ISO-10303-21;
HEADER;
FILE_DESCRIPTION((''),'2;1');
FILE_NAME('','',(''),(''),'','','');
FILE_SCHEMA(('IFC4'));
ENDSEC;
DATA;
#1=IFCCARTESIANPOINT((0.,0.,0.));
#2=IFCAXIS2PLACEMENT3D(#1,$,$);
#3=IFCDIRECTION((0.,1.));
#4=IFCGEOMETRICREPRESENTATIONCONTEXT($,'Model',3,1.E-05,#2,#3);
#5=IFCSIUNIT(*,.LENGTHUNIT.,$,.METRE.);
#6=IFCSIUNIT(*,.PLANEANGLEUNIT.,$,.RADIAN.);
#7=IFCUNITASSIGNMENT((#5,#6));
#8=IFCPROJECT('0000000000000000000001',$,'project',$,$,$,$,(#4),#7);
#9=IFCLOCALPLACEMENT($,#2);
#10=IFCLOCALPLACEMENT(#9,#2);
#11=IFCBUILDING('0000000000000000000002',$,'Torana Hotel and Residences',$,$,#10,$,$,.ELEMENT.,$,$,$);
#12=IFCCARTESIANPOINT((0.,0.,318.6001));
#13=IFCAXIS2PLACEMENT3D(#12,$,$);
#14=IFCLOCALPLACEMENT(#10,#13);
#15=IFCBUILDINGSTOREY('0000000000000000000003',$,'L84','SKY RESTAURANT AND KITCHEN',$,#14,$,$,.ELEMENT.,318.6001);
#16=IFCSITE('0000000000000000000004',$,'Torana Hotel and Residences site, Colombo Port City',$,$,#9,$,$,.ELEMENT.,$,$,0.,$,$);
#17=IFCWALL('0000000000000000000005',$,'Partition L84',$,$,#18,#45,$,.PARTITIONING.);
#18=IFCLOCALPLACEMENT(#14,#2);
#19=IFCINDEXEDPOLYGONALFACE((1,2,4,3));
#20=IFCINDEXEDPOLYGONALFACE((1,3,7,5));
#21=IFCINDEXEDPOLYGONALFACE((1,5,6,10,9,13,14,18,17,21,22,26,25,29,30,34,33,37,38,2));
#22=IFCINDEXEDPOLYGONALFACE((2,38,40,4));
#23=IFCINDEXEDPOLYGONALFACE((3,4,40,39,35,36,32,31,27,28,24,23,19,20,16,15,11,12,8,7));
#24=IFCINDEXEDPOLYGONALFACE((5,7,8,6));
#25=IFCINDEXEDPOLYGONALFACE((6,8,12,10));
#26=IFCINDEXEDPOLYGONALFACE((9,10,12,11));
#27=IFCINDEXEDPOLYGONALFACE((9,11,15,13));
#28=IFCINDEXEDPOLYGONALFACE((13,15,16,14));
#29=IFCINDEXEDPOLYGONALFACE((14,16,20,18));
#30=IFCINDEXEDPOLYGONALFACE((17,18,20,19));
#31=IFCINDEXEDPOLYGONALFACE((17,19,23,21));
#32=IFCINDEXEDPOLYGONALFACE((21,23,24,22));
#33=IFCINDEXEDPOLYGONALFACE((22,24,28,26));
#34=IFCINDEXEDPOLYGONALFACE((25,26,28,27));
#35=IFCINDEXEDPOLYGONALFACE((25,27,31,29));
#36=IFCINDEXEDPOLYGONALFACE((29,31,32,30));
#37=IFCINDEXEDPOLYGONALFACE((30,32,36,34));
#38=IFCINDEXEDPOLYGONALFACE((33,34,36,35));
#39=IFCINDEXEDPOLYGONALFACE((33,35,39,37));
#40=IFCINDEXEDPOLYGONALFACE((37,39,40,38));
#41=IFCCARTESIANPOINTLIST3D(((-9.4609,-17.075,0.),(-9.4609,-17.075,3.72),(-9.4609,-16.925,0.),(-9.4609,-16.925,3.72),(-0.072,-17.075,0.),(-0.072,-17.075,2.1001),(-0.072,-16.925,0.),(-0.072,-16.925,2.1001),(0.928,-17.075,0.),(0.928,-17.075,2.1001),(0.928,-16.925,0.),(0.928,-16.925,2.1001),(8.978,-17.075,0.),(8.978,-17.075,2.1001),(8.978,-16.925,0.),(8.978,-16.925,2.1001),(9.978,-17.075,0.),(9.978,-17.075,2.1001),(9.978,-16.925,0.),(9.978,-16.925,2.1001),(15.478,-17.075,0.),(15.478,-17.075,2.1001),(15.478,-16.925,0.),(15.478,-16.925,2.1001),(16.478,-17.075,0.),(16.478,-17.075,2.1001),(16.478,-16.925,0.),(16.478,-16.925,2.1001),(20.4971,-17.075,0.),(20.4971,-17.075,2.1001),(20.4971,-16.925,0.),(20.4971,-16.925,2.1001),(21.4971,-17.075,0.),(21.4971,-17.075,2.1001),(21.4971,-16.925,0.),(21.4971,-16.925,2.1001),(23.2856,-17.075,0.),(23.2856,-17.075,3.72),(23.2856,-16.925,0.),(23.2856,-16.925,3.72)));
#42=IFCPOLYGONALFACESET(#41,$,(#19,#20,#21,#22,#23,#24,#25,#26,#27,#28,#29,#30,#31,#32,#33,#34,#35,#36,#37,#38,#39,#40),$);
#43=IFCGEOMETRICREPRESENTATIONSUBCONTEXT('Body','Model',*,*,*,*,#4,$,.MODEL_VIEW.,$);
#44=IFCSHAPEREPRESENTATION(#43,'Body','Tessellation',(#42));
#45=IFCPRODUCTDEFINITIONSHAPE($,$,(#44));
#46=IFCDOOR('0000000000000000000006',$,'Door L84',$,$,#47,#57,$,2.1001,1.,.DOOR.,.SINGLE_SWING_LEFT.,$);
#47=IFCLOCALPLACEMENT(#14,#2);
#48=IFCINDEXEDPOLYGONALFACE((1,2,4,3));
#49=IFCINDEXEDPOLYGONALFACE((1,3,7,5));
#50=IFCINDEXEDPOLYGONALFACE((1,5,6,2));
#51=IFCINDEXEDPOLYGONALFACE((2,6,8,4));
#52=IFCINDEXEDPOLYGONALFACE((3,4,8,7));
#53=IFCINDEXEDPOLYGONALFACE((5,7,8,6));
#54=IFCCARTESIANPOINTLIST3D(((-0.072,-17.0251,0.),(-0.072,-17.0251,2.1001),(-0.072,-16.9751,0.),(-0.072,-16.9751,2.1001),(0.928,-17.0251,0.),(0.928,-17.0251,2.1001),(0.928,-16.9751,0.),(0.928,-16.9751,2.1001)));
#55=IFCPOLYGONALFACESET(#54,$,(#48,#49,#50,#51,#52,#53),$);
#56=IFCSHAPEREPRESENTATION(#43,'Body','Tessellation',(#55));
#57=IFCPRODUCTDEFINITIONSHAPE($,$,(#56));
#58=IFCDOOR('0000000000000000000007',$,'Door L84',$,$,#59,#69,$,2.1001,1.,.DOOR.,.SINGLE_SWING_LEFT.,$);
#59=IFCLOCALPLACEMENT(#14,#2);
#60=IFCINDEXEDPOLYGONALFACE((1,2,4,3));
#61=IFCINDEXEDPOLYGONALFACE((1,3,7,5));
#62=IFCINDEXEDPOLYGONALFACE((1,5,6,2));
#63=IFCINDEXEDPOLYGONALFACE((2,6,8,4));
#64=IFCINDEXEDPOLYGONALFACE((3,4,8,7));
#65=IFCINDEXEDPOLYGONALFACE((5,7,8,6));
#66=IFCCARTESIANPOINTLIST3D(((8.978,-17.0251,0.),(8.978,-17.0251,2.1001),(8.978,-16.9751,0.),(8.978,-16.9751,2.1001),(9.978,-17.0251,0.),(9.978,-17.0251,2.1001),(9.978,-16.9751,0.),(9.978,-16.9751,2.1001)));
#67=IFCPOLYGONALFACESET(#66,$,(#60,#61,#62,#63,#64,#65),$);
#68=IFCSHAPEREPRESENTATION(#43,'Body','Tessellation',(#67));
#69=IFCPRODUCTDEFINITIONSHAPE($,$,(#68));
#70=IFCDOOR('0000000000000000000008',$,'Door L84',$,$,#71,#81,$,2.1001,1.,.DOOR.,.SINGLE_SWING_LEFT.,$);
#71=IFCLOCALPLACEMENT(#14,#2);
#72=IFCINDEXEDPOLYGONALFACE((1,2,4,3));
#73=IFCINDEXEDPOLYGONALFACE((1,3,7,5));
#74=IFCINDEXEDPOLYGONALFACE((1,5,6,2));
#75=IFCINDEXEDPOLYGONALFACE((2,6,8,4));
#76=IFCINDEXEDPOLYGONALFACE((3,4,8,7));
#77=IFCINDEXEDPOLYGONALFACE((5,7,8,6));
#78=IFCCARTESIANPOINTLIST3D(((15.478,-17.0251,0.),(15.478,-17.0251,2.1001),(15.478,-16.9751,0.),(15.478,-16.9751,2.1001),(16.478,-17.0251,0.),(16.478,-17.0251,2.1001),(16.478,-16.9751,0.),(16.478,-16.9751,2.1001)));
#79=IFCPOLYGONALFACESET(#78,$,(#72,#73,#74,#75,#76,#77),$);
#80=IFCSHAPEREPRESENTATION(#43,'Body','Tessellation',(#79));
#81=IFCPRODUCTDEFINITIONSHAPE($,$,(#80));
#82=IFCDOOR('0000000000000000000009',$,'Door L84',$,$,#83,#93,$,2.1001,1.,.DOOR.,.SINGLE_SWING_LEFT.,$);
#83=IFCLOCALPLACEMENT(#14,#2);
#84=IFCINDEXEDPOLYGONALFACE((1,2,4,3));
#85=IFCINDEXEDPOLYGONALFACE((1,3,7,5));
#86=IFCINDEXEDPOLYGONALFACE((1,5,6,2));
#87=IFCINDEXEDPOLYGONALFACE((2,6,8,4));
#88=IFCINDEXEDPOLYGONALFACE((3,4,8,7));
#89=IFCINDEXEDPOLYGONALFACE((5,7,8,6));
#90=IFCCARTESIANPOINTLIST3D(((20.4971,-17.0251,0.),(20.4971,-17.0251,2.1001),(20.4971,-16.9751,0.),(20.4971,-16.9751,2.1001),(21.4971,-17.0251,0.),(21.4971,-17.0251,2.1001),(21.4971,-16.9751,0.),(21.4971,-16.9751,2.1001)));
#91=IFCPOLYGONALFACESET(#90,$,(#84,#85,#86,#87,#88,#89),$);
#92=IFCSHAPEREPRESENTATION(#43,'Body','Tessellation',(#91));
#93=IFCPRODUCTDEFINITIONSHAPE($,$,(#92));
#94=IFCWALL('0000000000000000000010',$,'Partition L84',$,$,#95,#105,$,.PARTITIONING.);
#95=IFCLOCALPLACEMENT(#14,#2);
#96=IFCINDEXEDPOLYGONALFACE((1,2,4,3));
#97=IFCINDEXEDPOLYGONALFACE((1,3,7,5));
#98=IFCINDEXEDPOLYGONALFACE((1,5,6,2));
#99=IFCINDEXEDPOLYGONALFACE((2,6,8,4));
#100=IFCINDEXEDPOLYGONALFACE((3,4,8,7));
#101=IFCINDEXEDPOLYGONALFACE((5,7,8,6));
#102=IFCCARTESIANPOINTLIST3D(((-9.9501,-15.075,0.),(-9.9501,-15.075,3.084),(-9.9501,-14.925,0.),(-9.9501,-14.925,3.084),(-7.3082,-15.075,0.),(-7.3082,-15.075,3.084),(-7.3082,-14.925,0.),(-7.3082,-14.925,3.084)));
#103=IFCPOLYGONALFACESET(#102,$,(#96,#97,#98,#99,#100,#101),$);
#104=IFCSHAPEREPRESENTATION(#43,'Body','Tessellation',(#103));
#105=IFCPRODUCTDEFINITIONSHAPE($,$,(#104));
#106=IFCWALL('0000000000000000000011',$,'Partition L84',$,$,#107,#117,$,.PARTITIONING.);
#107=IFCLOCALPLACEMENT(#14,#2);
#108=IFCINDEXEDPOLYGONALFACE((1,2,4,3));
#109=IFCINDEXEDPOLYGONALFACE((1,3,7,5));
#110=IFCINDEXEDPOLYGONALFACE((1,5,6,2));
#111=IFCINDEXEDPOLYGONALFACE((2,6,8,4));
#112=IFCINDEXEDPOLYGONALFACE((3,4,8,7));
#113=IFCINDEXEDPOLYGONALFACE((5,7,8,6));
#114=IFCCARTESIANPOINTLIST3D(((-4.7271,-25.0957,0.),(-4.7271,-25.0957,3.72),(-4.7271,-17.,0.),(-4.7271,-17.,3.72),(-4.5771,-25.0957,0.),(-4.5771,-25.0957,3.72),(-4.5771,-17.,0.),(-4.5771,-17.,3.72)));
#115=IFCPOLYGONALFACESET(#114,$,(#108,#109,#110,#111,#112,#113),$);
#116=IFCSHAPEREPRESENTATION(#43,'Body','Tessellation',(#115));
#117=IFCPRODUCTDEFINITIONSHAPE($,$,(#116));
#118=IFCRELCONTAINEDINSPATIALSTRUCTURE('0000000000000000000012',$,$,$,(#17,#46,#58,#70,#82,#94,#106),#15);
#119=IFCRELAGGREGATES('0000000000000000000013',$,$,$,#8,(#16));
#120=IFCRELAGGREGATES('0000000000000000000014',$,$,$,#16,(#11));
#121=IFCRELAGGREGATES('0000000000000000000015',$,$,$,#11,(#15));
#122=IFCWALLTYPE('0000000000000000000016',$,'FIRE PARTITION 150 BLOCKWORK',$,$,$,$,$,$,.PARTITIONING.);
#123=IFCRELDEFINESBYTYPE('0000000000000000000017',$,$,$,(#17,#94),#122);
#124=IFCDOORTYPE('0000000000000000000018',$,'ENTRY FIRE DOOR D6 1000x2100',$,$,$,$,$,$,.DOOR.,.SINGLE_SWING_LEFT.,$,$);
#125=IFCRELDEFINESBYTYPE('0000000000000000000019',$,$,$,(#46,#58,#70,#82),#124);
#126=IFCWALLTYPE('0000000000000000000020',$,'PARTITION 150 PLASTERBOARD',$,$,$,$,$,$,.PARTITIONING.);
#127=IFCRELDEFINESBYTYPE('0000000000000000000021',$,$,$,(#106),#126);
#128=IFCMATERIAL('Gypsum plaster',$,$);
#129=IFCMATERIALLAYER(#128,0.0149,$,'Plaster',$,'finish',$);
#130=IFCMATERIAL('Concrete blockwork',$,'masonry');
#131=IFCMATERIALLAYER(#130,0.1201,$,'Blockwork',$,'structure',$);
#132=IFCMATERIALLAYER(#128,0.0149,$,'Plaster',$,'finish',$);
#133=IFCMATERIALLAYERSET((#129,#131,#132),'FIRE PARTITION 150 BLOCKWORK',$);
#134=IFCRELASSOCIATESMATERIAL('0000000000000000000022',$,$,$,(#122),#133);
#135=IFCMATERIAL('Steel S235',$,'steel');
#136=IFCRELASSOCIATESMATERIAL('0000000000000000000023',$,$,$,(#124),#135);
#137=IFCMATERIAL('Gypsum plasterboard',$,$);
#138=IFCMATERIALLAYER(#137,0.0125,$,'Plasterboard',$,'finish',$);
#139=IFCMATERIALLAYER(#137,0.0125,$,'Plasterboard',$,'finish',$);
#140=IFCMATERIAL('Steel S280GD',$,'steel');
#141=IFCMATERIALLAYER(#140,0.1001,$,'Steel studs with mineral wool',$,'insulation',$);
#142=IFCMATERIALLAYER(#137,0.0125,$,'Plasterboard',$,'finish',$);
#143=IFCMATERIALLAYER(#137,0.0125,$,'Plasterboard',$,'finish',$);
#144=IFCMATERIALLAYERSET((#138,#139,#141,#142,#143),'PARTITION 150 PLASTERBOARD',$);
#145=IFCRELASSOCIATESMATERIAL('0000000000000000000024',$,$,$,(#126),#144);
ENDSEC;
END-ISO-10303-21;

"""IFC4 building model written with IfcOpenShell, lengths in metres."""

from ifc_helpers import new_model, si_unit, direction, frame, frame_2d, origin, place, context, subcontext, project, spatial, rectangle, extrude, material, layer, layer_set, type_object, element, fill, save


model = new_model("IFC4")

# Units and contexts
model_context = context("Model", 3, precision=1e-05, world=origin(), true_north=direction((0.0, 1.0)))
body_context = subcontext(model_context, "Body", "Model", "MODEL_VIEW")
ifc_project = project(units=[si_unit("LENGTHUNIT", "METRE"), si_unit("PLANEANGLEUNIT", "RADIAN")], contexts=[model_context])

# Site, building, storey
site_placement = place(None, origin())
site = spatial("IfcSite", under=ifc_project, at=site_placement, Name="Torana Hotel and Residences site, Colombo Port City", CompositionType="ELEMENT", RefElevation=0.0)
building_placement = place(site_placement, origin())
building = spatial("IfcBuilding", under=site, at=building_placement, Name="Torana Hotel and Residences", CompositionType="ELEMENT")
storey_placement = place(building_placement, frame((0.0, 0.0, 318.6001)))
storey = spatial("IfcBuildingStorey", under=building, at=storey_placement, Name="L84", Description="SKY RESTAURANT AND KITCHEN", CompositionType="ELEMENT", Elevation=318.6001)

# Shared definitions
ifc_material_1 = material(Name="Gypsum plaster")
ifc_layer_1 = layer(ifc_material_1, 0.0149, Name="Plaster", Category="finish")
ifc_material_2 = material(Name="Concrete blockwork", Category="masonry")
ifc_layer_2 = layer(ifc_material_2, 0.1201, Name="Blockwork", Category="structure")
ifc_layer_3 = layer(ifc_material_1, 0.0149, Name="Plaster", Category="finish")
ifc_layer_set_1 = layer_set([ifc_layer_1, ifc_layer_2, ifc_layer_3], Name="FIRE PARTITION 150 BLOCKWORK")
wall_type_1 = type_object("IfcWallType", Name="FIRE PARTITION 150 BLOCKWORK", PredefinedType="PARTITIONING", material=ifc_layer_set_1)

# Wall, openings, doors
wall_1_placement = place(storey_placement, frame((-9.4609, -17.0, 0.0), z_axis=(0.0, 0.0, 1.0), x_axis=(1.0, 0.0, 0.0)))
wall_1 = element("IfcWall", 1, at=wall_1_placement, inside=storey, type_object=wall_type_1, Name="Partition L84", PredefinedType="PARTITIONING", context=body_context, shape_type="SweptSolid", body=[
    extrude(rectangle(XDim=32.7466, YDim=0.1499, at=frame_2d((16.3733, 0.0))), origin(), (0.0, 0.0, 1.0), 3.72),
])
opening_1_placement = place(wall_1_placement, frame((9.3889, 0.0, 0.0)))
opening_1 = element("IfcOpeningElement", 2, at=opening_1_placement, cuts=wall_1, PredefinedType="OPENING", context=body_context, shape_type="SweptSolid", body=[
    extrude(rectangle(XDim=1.0, YDim=2.1001, at=frame_2d((0.5, 1.05))), frame((0.0, 0.085, 0.0), z_axis=(0.0, -1.0, 0.0), x_axis=(1.0, 0.0, 0.0)), (0.0, 0.0, 1.0), 0.1699),
])
opening_2_placement = place(wall_1_placement, frame((18.439, 0.0, 0.0)))
opening_2 = element("IfcOpeningElement", 3, at=opening_2_placement, cuts=wall_1, PredefinedType="OPENING", context=body_context, shape_type="SweptSolid", body=[
    extrude(rectangle(XDim=1.0, YDim=2.1001, at=frame_2d((0.5, 1.05))), frame((0.0, 0.085, 0.0), z_axis=(0.0, -1.0, 0.0), x_axis=(1.0, 0.0, 0.0)), (0.0, 0.0, 1.0), 0.1699),
])
opening_3_placement = place(wall_1_placement, frame((24.939, 0.0, 0.0)))
opening_3 = element("IfcOpeningElement", 4, at=opening_3_placement, cuts=wall_1, PredefinedType="OPENING", context=body_context, shape_type="SweptSolid", body=[
    extrude(rectangle(XDim=1.0, YDim=2.1001, at=frame_2d((0.5, 1.05))), frame((0.0, 0.085, 0.0), z_axis=(0.0, -1.0, 0.0), x_axis=(1.0, 0.0, 0.0)), (0.0, 0.0, 1.0), 0.1699),
])
opening_4_placement = place(wall_1_placement, frame((29.958, 0.0, 0.0)))
opening_4 = element("IfcOpeningElement", 5, at=opening_4_placement, cuts=wall_1, PredefinedType="OPENING", context=body_context, shape_type="SweptSolid", body=[
    extrude(rectangle(XDim=1.0, YDim=2.1001, at=frame_2d((0.5, 1.05))), frame((0.0, 0.085, 0.0), z_axis=(0.0, -1.0, 0.0), x_axis=(1.0, 0.0, 0.0)), (0.0, 0.0, 1.0), 0.1699),
])
ifc_material_3 = material(Name="Steel S235", Category="steel")
door_type_1 = type_object("IfcDoorType", Name="ENTRY FIRE DOOR D6 1000x2100", OperationType="SINGLE_SWING_LEFT", PredefinedType="DOOR", material=ifc_material_3)
door_1_placement = place(opening_1_placement, frame((0.5, 0.0, 0.0), z_axis=(0.0, 0.0, 1.0), x_axis=(-1.0, 0.0, 0.0)))
door_1 = element("IfcDoor", 6, at=door_1_placement, inside=storey, type_object=door_type_1, Name="Door L84", OperationType="SINGLE_SWING_LEFT", OverallHeight=2.1001, OverallWidth=1.0, PredefinedType="DOOR", context=body_context, shape_type="SweptSolid", body=[
    extrude(rectangle(XDim=1.0, YDim=2.1001, at=frame_2d((0.0, 1.05))), frame((0.0, -0.0249, 0.0), z_axis=(0.0, 1.0, 0.0), x_axis=(-1.0, 0.0, 0.0)), (0.0, 0.0, 1.0), 0.05),
])
fill(opening_1, door_1)
door_2_placement = place(opening_2_placement, frame((0.5, 0.0, 0.0), z_axis=(0.0, 0.0, 1.0), x_axis=(-1.0, 0.0, 0.0)))
door_2 = element("IfcDoor", 7, at=door_2_placement, inside=storey, type_object=door_type_1, Name="Door L84", OperationType="SINGLE_SWING_LEFT", OverallHeight=2.1001, OverallWidth=1.0, PredefinedType="DOOR", context=body_context, shape_type="SweptSolid", body=[
    extrude(rectangle(XDim=1.0, YDim=2.1001, at=frame_2d((0.0, 1.05))), frame((0.0, -0.0249, 0.0), z_axis=(0.0, 1.0, 0.0), x_axis=(-1.0, 0.0, 0.0)), (0.0, 0.0, 1.0), 0.05),
])
fill(opening_2, door_2)
door_3_placement = place(opening_3_placement, frame((0.5, 0.0, 0.0), z_axis=(0.0, 0.0, 1.0), x_axis=(-1.0, 0.0, 0.0)))
door_3 = element("IfcDoor", 8, at=door_3_placement, inside=storey, type_object=door_type_1, Name="Door L84", OperationType="SINGLE_SWING_LEFT", OverallHeight=2.1001, OverallWidth=1.0, PredefinedType="DOOR", context=body_context, shape_type="SweptSolid", body=[
    extrude(rectangle(XDim=1.0, YDim=2.1001, at=frame_2d((0.0, 1.05))), frame((0.0, -0.0249, 0.0), z_axis=(0.0, 1.0, 0.0), x_axis=(-1.0, 0.0, 0.0)), (0.0, 0.0, 1.0), 0.05),
])
fill(opening_3, door_3)
door_4_placement = place(opening_4_placement, frame((0.5, 0.0, 0.0), z_axis=(0.0, 0.0, 1.0), x_axis=(-1.0, 0.0, 0.0)))
door_4 = element("IfcDoor", 9, at=door_4_placement, inside=storey, type_object=door_type_1, Name="Door L84", OperationType="SINGLE_SWING_LEFT", OverallHeight=2.1001, OverallWidth=1.0, PredefinedType="DOOR", context=body_context, shape_type="SweptSolid", body=[
    extrude(rectangle(XDim=1.0, YDim=2.1001, at=frame_2d((0.0, 1.05))), frame((0.0, -0.0249, 0.0), z_axis=(0.0, 1.0, 0.0), x_axis=(-1.0, 0.0, 0.0)), (0.0, 0.0, 1.0), 0.05),
])
fill(opening_4, door_4)

# Wall
wall_2_placement = place(storey_placement, frame((-9.95, -15.0, 0.0), z_axis=(0.0, 0.0, 1.0), x_axis=(1.0, 0.0, 0.0)))
element("IfcWall", 10, at=wall_2_placement, inside=storey, type_object=wall_type_1, Name="Partition L84", PredefinedType="PARTITIONING", context=body_context, shape_type="SweptSolid", body=[
    extrude(rectangle(XDim=2.6418, YDim=0.1499, at=frame_2d((1.3208, 0.0))), origin(), (0.0, 0.0, 1.0), 3.084),
])

# Wall
ifc_material_4 = material(Name="Gypsum plasterboard")
ifc_layer_4 = layer(ifc_material_4, 0.0125, Name="Plasterboard", Category="finish")
ifc_layer_5 = layer(ifc_material_4, 0.0125, Name="Plasterboard", Category="finish")
ifc_material_5 = material(Name="Steel S280GD", Category="steel")
ifc_layer_6 = layer(ifc_material_5, 0.1001, Name="Steel studs with mineral wool", Category="insulation")
ifc_layer_7 = layer(ifc_material_4, 0.0125, Name="Plasterboard", Category="finish")
ifc_layer_8 = layer(ifc_material_4, 0.0125, Name="Plasterboard", Category="finish")
ifc_layer_set_2 = layer_set([ifc_layer_4, ifc_layer_5, ifc_layer_6, ifc_layer_7, ifc_layer_8], Name="PARTITION 150 PLASTERBOARD")
wall_type_2 = type_object("IfcWallType", Name="PARTITION 150 PLASTERBOARD", PredefinedType="PARTITIONING", material=ifc_layer_set_2)
wall_3_placement = place(storey_placement, frame((-4.6521, -25.0957, 0.0), z_axis=(0.0, 0.0, 1.0), x_axis=(0.0, 1.0, 0.0)))
element("IfcWall", 11, at=wall_3_placement, inside=storey, type_object=wall_type_2, Name="Partition L84", PredefinedType="PARTITIONING", context=body_context, shape_type="SweptSolid", body=[
    extrude(rectangle(XDim=8.0957, YDim=0.1499, at=frame_2d((4.0479, 0.0))), origin(), (0.0, 0.0, 1.0), 3.72),
])

save(model, "model.ifc")
